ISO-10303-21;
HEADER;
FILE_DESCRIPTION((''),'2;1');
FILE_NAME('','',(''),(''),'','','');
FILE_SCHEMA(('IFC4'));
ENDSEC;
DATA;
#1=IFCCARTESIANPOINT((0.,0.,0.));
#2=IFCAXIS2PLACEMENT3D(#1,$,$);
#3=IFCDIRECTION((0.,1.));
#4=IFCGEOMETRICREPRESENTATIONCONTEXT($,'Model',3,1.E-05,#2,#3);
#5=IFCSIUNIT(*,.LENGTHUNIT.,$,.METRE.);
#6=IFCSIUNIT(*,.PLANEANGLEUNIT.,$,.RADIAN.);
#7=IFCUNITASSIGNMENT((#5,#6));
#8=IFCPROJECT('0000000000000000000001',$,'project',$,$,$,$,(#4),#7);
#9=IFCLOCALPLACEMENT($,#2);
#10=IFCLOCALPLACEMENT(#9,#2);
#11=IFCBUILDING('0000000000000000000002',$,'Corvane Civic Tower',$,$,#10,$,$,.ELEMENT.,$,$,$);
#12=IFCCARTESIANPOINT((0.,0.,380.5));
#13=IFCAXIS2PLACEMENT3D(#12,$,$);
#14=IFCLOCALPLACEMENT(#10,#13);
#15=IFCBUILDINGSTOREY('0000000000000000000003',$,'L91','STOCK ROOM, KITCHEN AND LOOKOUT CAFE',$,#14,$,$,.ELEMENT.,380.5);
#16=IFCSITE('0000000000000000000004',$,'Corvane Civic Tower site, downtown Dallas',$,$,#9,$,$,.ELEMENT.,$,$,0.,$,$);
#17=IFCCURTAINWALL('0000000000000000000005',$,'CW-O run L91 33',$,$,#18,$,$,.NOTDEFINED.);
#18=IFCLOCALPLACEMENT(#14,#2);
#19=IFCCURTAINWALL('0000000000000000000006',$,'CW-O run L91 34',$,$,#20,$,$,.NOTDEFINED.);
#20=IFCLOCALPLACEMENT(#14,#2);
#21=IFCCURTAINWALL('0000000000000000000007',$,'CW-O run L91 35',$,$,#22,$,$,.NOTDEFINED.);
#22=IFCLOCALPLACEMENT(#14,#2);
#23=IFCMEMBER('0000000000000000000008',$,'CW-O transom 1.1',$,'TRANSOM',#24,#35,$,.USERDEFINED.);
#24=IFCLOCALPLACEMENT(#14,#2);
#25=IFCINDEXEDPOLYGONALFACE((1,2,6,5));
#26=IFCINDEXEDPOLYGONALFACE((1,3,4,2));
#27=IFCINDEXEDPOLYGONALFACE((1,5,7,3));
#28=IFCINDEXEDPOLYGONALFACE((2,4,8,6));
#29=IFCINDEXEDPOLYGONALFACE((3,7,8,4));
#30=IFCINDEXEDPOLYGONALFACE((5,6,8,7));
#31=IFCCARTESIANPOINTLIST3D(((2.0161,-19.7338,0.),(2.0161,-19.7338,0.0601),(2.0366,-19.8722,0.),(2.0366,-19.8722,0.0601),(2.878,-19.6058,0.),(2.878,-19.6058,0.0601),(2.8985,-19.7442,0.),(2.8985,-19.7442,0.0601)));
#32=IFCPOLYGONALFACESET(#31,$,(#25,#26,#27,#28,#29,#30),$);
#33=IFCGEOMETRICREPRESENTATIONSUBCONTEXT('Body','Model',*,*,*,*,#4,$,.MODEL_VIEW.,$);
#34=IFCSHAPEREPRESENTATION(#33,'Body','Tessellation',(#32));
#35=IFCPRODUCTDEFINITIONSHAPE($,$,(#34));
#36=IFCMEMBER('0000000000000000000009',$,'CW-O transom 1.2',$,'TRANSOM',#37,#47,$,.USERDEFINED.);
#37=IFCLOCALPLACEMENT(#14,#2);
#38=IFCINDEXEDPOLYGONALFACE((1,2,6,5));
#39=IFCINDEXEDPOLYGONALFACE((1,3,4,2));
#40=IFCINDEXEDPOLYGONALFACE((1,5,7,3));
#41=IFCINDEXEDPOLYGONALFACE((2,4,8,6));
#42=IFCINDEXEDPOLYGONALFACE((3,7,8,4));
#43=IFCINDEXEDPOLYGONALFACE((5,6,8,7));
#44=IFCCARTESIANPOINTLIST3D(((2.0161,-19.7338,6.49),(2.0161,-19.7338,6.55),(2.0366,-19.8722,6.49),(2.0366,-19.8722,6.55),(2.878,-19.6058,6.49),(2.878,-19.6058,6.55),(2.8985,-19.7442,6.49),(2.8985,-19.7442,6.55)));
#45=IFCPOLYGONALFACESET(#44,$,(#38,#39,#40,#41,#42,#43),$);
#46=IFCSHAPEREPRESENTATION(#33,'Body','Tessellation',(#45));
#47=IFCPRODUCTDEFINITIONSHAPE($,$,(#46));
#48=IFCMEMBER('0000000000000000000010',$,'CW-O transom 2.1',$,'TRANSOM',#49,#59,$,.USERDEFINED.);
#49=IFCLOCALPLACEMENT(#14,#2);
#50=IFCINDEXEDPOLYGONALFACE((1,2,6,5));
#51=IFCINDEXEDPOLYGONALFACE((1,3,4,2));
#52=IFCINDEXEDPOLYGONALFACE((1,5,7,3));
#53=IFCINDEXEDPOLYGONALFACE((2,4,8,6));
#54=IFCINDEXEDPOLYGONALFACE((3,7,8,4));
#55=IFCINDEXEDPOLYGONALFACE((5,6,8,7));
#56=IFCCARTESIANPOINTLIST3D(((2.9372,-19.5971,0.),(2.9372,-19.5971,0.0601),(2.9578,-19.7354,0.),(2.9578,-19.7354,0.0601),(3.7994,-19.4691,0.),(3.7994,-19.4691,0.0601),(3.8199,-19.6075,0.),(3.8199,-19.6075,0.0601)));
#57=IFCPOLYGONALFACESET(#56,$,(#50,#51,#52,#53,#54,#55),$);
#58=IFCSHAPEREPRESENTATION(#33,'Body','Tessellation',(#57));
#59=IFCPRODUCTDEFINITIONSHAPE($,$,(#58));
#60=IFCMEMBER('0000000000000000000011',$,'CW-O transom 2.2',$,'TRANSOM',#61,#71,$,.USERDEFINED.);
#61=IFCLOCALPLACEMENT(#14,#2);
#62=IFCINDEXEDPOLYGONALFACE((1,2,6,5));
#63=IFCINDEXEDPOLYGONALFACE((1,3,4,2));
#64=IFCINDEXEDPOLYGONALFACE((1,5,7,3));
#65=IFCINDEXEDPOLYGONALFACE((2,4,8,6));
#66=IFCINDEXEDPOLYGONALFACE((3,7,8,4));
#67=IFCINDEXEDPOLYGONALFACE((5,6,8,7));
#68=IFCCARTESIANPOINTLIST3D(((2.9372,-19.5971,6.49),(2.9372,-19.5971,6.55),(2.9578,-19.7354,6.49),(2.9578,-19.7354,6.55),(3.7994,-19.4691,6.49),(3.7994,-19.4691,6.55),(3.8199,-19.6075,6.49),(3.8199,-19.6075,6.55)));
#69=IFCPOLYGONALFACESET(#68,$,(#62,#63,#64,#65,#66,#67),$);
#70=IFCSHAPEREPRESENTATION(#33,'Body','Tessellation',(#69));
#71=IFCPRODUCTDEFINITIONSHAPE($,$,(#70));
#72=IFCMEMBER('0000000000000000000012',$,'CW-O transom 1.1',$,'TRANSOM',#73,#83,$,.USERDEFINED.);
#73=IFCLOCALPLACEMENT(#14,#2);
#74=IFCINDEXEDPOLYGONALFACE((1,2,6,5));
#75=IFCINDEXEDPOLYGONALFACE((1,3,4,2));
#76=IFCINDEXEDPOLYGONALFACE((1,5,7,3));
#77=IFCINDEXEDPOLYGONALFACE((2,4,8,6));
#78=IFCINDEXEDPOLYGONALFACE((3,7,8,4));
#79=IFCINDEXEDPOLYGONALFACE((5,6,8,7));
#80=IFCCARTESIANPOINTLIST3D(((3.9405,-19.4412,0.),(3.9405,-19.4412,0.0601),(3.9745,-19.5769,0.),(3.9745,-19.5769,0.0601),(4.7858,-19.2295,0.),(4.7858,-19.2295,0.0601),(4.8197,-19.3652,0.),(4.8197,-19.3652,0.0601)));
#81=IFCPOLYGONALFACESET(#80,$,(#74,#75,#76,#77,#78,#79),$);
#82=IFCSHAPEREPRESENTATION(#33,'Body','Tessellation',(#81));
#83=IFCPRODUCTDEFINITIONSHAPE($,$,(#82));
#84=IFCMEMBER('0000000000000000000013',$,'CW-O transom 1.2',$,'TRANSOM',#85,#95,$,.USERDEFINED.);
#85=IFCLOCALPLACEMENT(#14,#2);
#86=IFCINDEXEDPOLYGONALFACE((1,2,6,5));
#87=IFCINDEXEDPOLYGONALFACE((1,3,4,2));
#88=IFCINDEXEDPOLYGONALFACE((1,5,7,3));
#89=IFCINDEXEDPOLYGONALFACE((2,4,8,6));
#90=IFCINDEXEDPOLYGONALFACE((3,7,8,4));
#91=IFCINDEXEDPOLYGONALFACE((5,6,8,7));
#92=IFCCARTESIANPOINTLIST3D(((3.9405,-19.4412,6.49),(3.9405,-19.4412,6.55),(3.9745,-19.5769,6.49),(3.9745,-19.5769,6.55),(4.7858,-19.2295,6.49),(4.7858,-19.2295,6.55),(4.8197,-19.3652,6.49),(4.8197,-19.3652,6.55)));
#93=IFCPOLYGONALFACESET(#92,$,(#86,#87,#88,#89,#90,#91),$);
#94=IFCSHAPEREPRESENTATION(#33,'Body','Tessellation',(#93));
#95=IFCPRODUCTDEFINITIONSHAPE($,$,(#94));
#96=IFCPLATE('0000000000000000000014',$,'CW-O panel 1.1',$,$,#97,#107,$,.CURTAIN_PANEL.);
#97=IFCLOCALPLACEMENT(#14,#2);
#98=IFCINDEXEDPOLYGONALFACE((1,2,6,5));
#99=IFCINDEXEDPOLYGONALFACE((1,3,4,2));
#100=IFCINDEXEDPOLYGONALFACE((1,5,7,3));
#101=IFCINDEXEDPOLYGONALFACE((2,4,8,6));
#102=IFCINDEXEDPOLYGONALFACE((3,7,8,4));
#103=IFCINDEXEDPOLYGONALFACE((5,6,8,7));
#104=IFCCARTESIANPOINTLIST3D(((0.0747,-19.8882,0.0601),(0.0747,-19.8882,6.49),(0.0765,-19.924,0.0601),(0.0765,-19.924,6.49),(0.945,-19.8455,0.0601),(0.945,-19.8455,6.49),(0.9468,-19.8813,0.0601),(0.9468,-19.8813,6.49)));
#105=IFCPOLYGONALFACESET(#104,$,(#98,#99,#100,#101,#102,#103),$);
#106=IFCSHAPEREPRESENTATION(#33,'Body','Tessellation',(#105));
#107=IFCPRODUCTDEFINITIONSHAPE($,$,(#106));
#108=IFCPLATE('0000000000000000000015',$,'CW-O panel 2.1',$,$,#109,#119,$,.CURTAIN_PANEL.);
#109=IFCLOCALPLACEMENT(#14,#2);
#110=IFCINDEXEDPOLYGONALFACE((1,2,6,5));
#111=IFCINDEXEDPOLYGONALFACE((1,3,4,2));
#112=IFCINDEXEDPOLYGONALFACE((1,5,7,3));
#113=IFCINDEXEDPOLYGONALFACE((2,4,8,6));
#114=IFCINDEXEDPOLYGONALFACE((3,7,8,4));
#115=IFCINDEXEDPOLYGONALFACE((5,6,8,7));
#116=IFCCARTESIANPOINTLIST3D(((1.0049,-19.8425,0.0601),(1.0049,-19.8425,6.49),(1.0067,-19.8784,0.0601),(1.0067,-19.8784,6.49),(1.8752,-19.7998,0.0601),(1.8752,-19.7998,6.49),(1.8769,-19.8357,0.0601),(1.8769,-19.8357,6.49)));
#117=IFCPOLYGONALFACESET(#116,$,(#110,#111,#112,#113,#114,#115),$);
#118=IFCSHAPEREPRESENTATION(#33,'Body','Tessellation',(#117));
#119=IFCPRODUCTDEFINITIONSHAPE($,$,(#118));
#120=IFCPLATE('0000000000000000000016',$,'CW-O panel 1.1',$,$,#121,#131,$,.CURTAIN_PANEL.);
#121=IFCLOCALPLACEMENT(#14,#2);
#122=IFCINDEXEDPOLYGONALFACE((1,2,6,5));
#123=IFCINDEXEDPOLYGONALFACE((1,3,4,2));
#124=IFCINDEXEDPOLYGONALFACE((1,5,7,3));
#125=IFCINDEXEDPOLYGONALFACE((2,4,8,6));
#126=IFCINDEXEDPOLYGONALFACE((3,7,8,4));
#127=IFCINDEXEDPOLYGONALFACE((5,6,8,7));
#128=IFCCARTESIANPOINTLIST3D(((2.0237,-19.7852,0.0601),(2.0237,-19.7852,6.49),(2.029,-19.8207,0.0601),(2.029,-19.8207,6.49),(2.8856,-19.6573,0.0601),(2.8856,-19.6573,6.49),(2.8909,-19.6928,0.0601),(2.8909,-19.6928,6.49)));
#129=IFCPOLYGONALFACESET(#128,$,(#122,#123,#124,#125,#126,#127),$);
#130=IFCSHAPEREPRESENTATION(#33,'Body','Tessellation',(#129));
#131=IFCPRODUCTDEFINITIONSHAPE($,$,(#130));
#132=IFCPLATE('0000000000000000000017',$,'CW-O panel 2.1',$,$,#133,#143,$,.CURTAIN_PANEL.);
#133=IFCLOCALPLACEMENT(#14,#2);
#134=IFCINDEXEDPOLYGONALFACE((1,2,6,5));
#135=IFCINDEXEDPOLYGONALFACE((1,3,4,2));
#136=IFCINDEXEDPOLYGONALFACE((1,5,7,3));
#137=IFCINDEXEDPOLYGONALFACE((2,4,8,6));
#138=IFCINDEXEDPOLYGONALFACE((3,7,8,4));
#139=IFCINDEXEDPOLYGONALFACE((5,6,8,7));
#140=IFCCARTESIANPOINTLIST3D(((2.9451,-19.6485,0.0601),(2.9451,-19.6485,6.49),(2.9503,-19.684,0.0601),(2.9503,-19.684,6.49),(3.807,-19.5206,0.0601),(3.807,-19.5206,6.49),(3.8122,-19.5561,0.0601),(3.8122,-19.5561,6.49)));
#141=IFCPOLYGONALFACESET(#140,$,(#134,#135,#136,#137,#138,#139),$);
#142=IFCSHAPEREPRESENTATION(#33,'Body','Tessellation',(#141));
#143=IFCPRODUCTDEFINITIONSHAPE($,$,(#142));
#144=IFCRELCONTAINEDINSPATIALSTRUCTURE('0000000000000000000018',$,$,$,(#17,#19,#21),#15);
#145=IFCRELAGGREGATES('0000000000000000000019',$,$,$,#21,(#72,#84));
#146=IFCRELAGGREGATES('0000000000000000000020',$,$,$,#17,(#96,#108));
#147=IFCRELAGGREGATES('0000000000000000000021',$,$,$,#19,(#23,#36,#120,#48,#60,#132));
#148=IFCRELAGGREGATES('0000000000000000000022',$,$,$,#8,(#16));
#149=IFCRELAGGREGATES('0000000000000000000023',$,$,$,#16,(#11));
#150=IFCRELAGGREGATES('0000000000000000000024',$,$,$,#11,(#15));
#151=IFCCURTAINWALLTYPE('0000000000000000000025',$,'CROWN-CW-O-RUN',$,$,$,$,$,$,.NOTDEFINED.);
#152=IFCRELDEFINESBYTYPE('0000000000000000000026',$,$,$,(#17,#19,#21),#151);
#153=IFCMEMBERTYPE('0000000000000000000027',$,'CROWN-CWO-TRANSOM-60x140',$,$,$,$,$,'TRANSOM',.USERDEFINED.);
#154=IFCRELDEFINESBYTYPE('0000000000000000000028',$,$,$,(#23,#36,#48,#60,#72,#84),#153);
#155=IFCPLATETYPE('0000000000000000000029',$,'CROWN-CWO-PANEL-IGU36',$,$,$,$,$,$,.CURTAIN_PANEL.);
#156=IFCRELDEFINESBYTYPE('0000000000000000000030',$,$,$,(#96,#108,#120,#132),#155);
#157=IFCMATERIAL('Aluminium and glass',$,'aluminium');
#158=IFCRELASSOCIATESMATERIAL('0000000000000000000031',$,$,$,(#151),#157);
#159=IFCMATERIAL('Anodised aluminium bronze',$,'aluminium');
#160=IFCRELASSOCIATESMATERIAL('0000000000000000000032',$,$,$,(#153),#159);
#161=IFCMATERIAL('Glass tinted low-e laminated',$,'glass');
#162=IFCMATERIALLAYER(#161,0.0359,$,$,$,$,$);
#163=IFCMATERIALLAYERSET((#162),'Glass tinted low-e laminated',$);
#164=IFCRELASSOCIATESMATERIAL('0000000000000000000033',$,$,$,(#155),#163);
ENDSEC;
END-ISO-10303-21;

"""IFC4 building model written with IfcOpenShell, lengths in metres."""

from ifc_helpers import new_model, si_unit, direction, frame, origin, origin_2d, place, context, subcontext, project, spatial, rectangle, extrude, material, layer, layer_set, material_profile, profile_set, type_object, element, aggregate, save


model = new_model("IFC4")

# Units and contexts
model_context = context("Model", 3, precision=1e-05, world=origin(), true_north=direction((0.0, 1.0)))
body_context = subcontext(model_context, "Body", "Model", "MODEL_VIEW")
ifc_project = project(units=[si_unit("LENGTHUNIT", "METRE"), si_unit("PLANEANGLEUNIT", "RADIAN")], contexts=[model_context])

# Site, building, storey
site_placement = place(None, origin())
site = spatial("IfcSite", under=ifc_project, at=site_placement, Name="Corvane Civic Tower site, downtown Dallas", CompositionType="ELEMENT", RefElevation=0.0)
building_placement = place(site_placement, origin())
building = spatial("IfcBuilding", under=site, at=building_placement, Name="Corvane Civic Tower", CompositionType="ELEMENT")
storey_placement = place(building_placement, frame((0.0, 0.0, 380.5)))
storey = spatial("IfcBuildingStorey", under=building, at=storey_placement, Name="L91", Description="STOCK ROOM, KITCHEN AND LOOKOUT CAFE", CompositionType="ELEMENT", Elevation=380.5)

# Curtain walls
ifc_material_1 = material(Name="Aluminium and glass", Category="aluminium")
curtain_wall_type = type_object("IfcCurtainWallType", Name="CROWN-CW-O-RUN", PredefinedType="NOTDEFINED", material=ifc_material_1)
curtain_wall_1_placement = place(storey_placement, origin())
curtain_wall_1 = element("IfcCurtainWall", 1, at=curtain_wall_1_placement, inside=storey, type_object=curtain_wall_type, Name="CW-O run L91 33", PredefinedType="NOTDEFINED")
curtain_wall_2_placement = place(storey_placement, origin())
curtain_wall_2 = element("IfcCurtainWall", 2, at=curtain_wall_2_placement, inside=storey, type_object=curtain_wall_type, Name="CW-O run L91 34", PredefinedType="NOTDEFINED")

# Curtain wall
curtain_wall_3_placement = place(storey_placement, origin())
curtain_wall_3 = element("IfcCurtainWall", 3, at=curtain_wall_3_placement, inside=storey, type_object=curtain_wall_type, Name="CW-O run L91 35", PredefinedType="NOTDEFINED")

# Members
ifc_material_2 = material(Name="Anodised aluminium bronze", Category="aluminium")
ifc_material_profile_1 = material_profile(ifc_material_2, rectangle(XDim=0.1399, YDim=0.0601, at=origin_2d()), Name="AL 140x60")
ifc_profile_set_1 = profile_set([ifc_material_profile_1], Name="Anodised aluminium bronze")
member_type_1 = type_object("IfcMemberType", Name="CROWN-CWO-TRANSOM-60x140", ElementType="TRANSOM", PredefinedType="USERDEFINED", material=ifc_profile_set_1)
member_1_placement = place(storey_placement, frame((2.0264, -19.803, 0.03), z_axis=(0.989161, 0.146833, 0.0), x_axis=(-0.146833, 0.989161, 0.0)))
member_1 = element("IfcMember", 4, at=member_1_placement, type_object=member_type_1, Name="CW-O transom 1.1", ObjectType="TRANSOM", PredefinedType="USERDEFINED", context=body_context, shape_type="SweptSolid", body=[
    extrude(rectangle(XDim=0.1399, YDim=0.0601, at=origin_2d()), origin(), (0.0, 0.0, 1.0), 0.8713),
])
member_2_placement = place(storey_placement, frame((2.0264, -19.803, 6.52), z_axis=(0.989161, 0.146833, 0.0), x_axis=(-0.146833, 0.989161, 0.0)))
member_2 = element("IfcMember", 5, at=member_2_placement, type_object=member_type_1, Name="CW-O transom 1.2", ObjectType="TRANSOM", PredefinedType="USERDEFINED", context=body_context, shape_type="SweptSolid", body=[
    extrude(rectangle(XDim=0.1399, YDim=0.0601, at=origin_2d()), origin(), (0.0, 0.0, 1.0), 0.8713),
])
member_3_placement = place(storey_placement, frame((2.9475, -19.6663, 0.03), z_axis=(0.989167, 0.146792, 0.0), x_axis=(-0.146792, 0.989167, 0.0)))
member_3 = element("IfcMember", 6, at=member_3_placement, type_object=member_type_1, Name="CW-O transom 2.1", ObjectType="TRANSOM", PredefinedType="USERDEFINED", context=body_context, shape_type="SweptSolid", body=[
    extrude(rectangle(XDim=0.1399, YDim=0.0601, at=origin_2d()), origin(), (0.0, 0.0, 1.0), 0.8716),
])
member_4_placement = place(storey_placement, frame((2.9475, -19.6663, 6.52), z_axis=(0.989167, 0.146792, 0.0), x_axis=(-0.146792, 0.989167, 0.0)))
member_4 = element("IfcMember", 7, at=member_4_placement, type_object=member_type_1, Name="CW-O transom 2.2", ObjectType="TRANSOM", PredefinedType="USERDEFINED", context=body_context, shape_type="SweptSolid", body=[
    extrude(rectangle(XDim=0.1399, YDim=0.0601, at=origin_2d()), origin(), (0.0, 0.0, 1.0), 0.8716),
])
member_5_placement = place(storey_placement, frame((3.9575, -19.509, 0.03), z_axis=(0.970044, 0.242931, 0.0), x_axis=(-0.242931, 0.970044, 0.0)))
member_5 = element("IfcMember", 8, at=member_5_placement, type_object=member_type_1, Name="CW-O transom 1.1", ObjectType="TRANSOM", PredefinedType="USERDEFINED", context=body_context, shape_type="SweptSolid", body=[
    extrude(rectangle(XDim=0.1399, YDim=0.0601, at=origin_2d()), origin(), (0.0, 0.0, 1.0), 0.8713),
])
member_6_placement = place(storey_placement, frame((3.9575, -19.509, 6.52), z_axis=(0.970044, 0.242931, 0.0), x_axis=(-0.242931, 0.970044, 0.0)))
member_6 = element("IfcMember", 9, at=member_6_placement, type_object=member_type_1, Name="CW-O transom 1.2", ObjectType="TRANSOM", PredefinedType="USERDEFINED", context=body_context, shape_type="SweptSolid", body=[
    extrude(rectangle(XDim=0.1399, YDim=0.0601, at=origin_2d()), origin(), (0.0, 0.0, 1.0), 0.8713),
])
aggregate(curtain_wall_3, [member_5, member_6])

# Plates
ifc_material_3 = material(Name="Glass tinted low-e laminated", Category="glass")
ifc_layer = layer(ifc_material_3, 0.0359)
ifc_layer_set = layer_set([ifc_layer], Name="Glass tinted low-e laminated")
plate_type = type_object("IfcPlateType", Name="CROWN-CWO-PANEL-IGU36", PredefinedType="CURTAIN_PANEL", material=ifc_layer_set)
plate_1_placement = place(storey_placement, frame((0.5107, -19.8848, 0.0601), z_axis=(0.0, 0.0, 1.0), x_axis=(0.998799, 0.048991, 0.0)))
plate_1 = element("IfcPlate", 10, at=plate_1_placement, type_object=plate_type, Name="CW-O panel 1.1", PredefinedType="CURTAIN_PANEL", context=body_context, shape_type="SweptSolid", body=[
    extrude(rectangle(XDim=0.8713, YDim=0.0359, at=origin_2d()), origin(), (0.0, 0.0, 1.0), 6.4299),
])
plate_2_placement = place(storey_placement, frame((1.4409, -19.8391, 0.0601), z_axis=(0.0, 0.0, 1.0), x_axis=(0.998799, 0.048991, 0.0)))
plate_2 = element("IfcPlate", 11, at=plate_2_placement, type_object=plate_type, Name="CW-O panel 2.1", PredefinedType="CURTAIN_PANEL", context=body_context, shape_type="SweptSolid", body=[
    extrude(rectangle(XDim=0.8713, YDim=0.0359, at=origin_2d()), origin(), (0.0, 0.0, 1.0), 6.4299),
])
aggregate(curtain_wall_1, [plate_1, plate_2])
plate_3_placement = place(storey_placement, frame((2.4573, -19.739, 0.0601), z_axis=(0.0, 0.0, 1.0), x_axis=(0.98917, 0.146771, 0.0)))
plate_3 = element("IfcPlate", 12, at=plate_3_placement, type_object=plate_type, Name="CW-O panel 1.1", PredefinedType="CURTAIN_PANEL", context=body_context, shape_type="SweptSolid", body=[
    extrude(rectangle(XDim=0.8713, YDim=0.0359, at=origin_2d()), origin(), (0.0, 0.0, 1.0), 6.4299),
])
plate_4_placement = place(storey_placement, frame((3.3787, -19.6023, 0.0601), z_axis=(0.0, 0.0, 1.0), x_axis=(0.98917, 0.146771, 0.0)))
plate_4 = element("IfcPlate", 13, at=plate_4_placement, type_object=plate_type, Name="CW-O panel 2.1", PredefinedType="CURTAIN_PANEL", context=body_context, shape_type="SweptSolid", body=[
    extrude(rectangle(XDim=0.8713, YDim=0.0359, at=origin_2d()), origin(), (0.0, 0.0, 1.0), 6.4299),
])
aggregate(curtain_wall_2, [member_1, member_2, plate_3, member_3, member_4, plate_4])

save(model, "model.ifc")
